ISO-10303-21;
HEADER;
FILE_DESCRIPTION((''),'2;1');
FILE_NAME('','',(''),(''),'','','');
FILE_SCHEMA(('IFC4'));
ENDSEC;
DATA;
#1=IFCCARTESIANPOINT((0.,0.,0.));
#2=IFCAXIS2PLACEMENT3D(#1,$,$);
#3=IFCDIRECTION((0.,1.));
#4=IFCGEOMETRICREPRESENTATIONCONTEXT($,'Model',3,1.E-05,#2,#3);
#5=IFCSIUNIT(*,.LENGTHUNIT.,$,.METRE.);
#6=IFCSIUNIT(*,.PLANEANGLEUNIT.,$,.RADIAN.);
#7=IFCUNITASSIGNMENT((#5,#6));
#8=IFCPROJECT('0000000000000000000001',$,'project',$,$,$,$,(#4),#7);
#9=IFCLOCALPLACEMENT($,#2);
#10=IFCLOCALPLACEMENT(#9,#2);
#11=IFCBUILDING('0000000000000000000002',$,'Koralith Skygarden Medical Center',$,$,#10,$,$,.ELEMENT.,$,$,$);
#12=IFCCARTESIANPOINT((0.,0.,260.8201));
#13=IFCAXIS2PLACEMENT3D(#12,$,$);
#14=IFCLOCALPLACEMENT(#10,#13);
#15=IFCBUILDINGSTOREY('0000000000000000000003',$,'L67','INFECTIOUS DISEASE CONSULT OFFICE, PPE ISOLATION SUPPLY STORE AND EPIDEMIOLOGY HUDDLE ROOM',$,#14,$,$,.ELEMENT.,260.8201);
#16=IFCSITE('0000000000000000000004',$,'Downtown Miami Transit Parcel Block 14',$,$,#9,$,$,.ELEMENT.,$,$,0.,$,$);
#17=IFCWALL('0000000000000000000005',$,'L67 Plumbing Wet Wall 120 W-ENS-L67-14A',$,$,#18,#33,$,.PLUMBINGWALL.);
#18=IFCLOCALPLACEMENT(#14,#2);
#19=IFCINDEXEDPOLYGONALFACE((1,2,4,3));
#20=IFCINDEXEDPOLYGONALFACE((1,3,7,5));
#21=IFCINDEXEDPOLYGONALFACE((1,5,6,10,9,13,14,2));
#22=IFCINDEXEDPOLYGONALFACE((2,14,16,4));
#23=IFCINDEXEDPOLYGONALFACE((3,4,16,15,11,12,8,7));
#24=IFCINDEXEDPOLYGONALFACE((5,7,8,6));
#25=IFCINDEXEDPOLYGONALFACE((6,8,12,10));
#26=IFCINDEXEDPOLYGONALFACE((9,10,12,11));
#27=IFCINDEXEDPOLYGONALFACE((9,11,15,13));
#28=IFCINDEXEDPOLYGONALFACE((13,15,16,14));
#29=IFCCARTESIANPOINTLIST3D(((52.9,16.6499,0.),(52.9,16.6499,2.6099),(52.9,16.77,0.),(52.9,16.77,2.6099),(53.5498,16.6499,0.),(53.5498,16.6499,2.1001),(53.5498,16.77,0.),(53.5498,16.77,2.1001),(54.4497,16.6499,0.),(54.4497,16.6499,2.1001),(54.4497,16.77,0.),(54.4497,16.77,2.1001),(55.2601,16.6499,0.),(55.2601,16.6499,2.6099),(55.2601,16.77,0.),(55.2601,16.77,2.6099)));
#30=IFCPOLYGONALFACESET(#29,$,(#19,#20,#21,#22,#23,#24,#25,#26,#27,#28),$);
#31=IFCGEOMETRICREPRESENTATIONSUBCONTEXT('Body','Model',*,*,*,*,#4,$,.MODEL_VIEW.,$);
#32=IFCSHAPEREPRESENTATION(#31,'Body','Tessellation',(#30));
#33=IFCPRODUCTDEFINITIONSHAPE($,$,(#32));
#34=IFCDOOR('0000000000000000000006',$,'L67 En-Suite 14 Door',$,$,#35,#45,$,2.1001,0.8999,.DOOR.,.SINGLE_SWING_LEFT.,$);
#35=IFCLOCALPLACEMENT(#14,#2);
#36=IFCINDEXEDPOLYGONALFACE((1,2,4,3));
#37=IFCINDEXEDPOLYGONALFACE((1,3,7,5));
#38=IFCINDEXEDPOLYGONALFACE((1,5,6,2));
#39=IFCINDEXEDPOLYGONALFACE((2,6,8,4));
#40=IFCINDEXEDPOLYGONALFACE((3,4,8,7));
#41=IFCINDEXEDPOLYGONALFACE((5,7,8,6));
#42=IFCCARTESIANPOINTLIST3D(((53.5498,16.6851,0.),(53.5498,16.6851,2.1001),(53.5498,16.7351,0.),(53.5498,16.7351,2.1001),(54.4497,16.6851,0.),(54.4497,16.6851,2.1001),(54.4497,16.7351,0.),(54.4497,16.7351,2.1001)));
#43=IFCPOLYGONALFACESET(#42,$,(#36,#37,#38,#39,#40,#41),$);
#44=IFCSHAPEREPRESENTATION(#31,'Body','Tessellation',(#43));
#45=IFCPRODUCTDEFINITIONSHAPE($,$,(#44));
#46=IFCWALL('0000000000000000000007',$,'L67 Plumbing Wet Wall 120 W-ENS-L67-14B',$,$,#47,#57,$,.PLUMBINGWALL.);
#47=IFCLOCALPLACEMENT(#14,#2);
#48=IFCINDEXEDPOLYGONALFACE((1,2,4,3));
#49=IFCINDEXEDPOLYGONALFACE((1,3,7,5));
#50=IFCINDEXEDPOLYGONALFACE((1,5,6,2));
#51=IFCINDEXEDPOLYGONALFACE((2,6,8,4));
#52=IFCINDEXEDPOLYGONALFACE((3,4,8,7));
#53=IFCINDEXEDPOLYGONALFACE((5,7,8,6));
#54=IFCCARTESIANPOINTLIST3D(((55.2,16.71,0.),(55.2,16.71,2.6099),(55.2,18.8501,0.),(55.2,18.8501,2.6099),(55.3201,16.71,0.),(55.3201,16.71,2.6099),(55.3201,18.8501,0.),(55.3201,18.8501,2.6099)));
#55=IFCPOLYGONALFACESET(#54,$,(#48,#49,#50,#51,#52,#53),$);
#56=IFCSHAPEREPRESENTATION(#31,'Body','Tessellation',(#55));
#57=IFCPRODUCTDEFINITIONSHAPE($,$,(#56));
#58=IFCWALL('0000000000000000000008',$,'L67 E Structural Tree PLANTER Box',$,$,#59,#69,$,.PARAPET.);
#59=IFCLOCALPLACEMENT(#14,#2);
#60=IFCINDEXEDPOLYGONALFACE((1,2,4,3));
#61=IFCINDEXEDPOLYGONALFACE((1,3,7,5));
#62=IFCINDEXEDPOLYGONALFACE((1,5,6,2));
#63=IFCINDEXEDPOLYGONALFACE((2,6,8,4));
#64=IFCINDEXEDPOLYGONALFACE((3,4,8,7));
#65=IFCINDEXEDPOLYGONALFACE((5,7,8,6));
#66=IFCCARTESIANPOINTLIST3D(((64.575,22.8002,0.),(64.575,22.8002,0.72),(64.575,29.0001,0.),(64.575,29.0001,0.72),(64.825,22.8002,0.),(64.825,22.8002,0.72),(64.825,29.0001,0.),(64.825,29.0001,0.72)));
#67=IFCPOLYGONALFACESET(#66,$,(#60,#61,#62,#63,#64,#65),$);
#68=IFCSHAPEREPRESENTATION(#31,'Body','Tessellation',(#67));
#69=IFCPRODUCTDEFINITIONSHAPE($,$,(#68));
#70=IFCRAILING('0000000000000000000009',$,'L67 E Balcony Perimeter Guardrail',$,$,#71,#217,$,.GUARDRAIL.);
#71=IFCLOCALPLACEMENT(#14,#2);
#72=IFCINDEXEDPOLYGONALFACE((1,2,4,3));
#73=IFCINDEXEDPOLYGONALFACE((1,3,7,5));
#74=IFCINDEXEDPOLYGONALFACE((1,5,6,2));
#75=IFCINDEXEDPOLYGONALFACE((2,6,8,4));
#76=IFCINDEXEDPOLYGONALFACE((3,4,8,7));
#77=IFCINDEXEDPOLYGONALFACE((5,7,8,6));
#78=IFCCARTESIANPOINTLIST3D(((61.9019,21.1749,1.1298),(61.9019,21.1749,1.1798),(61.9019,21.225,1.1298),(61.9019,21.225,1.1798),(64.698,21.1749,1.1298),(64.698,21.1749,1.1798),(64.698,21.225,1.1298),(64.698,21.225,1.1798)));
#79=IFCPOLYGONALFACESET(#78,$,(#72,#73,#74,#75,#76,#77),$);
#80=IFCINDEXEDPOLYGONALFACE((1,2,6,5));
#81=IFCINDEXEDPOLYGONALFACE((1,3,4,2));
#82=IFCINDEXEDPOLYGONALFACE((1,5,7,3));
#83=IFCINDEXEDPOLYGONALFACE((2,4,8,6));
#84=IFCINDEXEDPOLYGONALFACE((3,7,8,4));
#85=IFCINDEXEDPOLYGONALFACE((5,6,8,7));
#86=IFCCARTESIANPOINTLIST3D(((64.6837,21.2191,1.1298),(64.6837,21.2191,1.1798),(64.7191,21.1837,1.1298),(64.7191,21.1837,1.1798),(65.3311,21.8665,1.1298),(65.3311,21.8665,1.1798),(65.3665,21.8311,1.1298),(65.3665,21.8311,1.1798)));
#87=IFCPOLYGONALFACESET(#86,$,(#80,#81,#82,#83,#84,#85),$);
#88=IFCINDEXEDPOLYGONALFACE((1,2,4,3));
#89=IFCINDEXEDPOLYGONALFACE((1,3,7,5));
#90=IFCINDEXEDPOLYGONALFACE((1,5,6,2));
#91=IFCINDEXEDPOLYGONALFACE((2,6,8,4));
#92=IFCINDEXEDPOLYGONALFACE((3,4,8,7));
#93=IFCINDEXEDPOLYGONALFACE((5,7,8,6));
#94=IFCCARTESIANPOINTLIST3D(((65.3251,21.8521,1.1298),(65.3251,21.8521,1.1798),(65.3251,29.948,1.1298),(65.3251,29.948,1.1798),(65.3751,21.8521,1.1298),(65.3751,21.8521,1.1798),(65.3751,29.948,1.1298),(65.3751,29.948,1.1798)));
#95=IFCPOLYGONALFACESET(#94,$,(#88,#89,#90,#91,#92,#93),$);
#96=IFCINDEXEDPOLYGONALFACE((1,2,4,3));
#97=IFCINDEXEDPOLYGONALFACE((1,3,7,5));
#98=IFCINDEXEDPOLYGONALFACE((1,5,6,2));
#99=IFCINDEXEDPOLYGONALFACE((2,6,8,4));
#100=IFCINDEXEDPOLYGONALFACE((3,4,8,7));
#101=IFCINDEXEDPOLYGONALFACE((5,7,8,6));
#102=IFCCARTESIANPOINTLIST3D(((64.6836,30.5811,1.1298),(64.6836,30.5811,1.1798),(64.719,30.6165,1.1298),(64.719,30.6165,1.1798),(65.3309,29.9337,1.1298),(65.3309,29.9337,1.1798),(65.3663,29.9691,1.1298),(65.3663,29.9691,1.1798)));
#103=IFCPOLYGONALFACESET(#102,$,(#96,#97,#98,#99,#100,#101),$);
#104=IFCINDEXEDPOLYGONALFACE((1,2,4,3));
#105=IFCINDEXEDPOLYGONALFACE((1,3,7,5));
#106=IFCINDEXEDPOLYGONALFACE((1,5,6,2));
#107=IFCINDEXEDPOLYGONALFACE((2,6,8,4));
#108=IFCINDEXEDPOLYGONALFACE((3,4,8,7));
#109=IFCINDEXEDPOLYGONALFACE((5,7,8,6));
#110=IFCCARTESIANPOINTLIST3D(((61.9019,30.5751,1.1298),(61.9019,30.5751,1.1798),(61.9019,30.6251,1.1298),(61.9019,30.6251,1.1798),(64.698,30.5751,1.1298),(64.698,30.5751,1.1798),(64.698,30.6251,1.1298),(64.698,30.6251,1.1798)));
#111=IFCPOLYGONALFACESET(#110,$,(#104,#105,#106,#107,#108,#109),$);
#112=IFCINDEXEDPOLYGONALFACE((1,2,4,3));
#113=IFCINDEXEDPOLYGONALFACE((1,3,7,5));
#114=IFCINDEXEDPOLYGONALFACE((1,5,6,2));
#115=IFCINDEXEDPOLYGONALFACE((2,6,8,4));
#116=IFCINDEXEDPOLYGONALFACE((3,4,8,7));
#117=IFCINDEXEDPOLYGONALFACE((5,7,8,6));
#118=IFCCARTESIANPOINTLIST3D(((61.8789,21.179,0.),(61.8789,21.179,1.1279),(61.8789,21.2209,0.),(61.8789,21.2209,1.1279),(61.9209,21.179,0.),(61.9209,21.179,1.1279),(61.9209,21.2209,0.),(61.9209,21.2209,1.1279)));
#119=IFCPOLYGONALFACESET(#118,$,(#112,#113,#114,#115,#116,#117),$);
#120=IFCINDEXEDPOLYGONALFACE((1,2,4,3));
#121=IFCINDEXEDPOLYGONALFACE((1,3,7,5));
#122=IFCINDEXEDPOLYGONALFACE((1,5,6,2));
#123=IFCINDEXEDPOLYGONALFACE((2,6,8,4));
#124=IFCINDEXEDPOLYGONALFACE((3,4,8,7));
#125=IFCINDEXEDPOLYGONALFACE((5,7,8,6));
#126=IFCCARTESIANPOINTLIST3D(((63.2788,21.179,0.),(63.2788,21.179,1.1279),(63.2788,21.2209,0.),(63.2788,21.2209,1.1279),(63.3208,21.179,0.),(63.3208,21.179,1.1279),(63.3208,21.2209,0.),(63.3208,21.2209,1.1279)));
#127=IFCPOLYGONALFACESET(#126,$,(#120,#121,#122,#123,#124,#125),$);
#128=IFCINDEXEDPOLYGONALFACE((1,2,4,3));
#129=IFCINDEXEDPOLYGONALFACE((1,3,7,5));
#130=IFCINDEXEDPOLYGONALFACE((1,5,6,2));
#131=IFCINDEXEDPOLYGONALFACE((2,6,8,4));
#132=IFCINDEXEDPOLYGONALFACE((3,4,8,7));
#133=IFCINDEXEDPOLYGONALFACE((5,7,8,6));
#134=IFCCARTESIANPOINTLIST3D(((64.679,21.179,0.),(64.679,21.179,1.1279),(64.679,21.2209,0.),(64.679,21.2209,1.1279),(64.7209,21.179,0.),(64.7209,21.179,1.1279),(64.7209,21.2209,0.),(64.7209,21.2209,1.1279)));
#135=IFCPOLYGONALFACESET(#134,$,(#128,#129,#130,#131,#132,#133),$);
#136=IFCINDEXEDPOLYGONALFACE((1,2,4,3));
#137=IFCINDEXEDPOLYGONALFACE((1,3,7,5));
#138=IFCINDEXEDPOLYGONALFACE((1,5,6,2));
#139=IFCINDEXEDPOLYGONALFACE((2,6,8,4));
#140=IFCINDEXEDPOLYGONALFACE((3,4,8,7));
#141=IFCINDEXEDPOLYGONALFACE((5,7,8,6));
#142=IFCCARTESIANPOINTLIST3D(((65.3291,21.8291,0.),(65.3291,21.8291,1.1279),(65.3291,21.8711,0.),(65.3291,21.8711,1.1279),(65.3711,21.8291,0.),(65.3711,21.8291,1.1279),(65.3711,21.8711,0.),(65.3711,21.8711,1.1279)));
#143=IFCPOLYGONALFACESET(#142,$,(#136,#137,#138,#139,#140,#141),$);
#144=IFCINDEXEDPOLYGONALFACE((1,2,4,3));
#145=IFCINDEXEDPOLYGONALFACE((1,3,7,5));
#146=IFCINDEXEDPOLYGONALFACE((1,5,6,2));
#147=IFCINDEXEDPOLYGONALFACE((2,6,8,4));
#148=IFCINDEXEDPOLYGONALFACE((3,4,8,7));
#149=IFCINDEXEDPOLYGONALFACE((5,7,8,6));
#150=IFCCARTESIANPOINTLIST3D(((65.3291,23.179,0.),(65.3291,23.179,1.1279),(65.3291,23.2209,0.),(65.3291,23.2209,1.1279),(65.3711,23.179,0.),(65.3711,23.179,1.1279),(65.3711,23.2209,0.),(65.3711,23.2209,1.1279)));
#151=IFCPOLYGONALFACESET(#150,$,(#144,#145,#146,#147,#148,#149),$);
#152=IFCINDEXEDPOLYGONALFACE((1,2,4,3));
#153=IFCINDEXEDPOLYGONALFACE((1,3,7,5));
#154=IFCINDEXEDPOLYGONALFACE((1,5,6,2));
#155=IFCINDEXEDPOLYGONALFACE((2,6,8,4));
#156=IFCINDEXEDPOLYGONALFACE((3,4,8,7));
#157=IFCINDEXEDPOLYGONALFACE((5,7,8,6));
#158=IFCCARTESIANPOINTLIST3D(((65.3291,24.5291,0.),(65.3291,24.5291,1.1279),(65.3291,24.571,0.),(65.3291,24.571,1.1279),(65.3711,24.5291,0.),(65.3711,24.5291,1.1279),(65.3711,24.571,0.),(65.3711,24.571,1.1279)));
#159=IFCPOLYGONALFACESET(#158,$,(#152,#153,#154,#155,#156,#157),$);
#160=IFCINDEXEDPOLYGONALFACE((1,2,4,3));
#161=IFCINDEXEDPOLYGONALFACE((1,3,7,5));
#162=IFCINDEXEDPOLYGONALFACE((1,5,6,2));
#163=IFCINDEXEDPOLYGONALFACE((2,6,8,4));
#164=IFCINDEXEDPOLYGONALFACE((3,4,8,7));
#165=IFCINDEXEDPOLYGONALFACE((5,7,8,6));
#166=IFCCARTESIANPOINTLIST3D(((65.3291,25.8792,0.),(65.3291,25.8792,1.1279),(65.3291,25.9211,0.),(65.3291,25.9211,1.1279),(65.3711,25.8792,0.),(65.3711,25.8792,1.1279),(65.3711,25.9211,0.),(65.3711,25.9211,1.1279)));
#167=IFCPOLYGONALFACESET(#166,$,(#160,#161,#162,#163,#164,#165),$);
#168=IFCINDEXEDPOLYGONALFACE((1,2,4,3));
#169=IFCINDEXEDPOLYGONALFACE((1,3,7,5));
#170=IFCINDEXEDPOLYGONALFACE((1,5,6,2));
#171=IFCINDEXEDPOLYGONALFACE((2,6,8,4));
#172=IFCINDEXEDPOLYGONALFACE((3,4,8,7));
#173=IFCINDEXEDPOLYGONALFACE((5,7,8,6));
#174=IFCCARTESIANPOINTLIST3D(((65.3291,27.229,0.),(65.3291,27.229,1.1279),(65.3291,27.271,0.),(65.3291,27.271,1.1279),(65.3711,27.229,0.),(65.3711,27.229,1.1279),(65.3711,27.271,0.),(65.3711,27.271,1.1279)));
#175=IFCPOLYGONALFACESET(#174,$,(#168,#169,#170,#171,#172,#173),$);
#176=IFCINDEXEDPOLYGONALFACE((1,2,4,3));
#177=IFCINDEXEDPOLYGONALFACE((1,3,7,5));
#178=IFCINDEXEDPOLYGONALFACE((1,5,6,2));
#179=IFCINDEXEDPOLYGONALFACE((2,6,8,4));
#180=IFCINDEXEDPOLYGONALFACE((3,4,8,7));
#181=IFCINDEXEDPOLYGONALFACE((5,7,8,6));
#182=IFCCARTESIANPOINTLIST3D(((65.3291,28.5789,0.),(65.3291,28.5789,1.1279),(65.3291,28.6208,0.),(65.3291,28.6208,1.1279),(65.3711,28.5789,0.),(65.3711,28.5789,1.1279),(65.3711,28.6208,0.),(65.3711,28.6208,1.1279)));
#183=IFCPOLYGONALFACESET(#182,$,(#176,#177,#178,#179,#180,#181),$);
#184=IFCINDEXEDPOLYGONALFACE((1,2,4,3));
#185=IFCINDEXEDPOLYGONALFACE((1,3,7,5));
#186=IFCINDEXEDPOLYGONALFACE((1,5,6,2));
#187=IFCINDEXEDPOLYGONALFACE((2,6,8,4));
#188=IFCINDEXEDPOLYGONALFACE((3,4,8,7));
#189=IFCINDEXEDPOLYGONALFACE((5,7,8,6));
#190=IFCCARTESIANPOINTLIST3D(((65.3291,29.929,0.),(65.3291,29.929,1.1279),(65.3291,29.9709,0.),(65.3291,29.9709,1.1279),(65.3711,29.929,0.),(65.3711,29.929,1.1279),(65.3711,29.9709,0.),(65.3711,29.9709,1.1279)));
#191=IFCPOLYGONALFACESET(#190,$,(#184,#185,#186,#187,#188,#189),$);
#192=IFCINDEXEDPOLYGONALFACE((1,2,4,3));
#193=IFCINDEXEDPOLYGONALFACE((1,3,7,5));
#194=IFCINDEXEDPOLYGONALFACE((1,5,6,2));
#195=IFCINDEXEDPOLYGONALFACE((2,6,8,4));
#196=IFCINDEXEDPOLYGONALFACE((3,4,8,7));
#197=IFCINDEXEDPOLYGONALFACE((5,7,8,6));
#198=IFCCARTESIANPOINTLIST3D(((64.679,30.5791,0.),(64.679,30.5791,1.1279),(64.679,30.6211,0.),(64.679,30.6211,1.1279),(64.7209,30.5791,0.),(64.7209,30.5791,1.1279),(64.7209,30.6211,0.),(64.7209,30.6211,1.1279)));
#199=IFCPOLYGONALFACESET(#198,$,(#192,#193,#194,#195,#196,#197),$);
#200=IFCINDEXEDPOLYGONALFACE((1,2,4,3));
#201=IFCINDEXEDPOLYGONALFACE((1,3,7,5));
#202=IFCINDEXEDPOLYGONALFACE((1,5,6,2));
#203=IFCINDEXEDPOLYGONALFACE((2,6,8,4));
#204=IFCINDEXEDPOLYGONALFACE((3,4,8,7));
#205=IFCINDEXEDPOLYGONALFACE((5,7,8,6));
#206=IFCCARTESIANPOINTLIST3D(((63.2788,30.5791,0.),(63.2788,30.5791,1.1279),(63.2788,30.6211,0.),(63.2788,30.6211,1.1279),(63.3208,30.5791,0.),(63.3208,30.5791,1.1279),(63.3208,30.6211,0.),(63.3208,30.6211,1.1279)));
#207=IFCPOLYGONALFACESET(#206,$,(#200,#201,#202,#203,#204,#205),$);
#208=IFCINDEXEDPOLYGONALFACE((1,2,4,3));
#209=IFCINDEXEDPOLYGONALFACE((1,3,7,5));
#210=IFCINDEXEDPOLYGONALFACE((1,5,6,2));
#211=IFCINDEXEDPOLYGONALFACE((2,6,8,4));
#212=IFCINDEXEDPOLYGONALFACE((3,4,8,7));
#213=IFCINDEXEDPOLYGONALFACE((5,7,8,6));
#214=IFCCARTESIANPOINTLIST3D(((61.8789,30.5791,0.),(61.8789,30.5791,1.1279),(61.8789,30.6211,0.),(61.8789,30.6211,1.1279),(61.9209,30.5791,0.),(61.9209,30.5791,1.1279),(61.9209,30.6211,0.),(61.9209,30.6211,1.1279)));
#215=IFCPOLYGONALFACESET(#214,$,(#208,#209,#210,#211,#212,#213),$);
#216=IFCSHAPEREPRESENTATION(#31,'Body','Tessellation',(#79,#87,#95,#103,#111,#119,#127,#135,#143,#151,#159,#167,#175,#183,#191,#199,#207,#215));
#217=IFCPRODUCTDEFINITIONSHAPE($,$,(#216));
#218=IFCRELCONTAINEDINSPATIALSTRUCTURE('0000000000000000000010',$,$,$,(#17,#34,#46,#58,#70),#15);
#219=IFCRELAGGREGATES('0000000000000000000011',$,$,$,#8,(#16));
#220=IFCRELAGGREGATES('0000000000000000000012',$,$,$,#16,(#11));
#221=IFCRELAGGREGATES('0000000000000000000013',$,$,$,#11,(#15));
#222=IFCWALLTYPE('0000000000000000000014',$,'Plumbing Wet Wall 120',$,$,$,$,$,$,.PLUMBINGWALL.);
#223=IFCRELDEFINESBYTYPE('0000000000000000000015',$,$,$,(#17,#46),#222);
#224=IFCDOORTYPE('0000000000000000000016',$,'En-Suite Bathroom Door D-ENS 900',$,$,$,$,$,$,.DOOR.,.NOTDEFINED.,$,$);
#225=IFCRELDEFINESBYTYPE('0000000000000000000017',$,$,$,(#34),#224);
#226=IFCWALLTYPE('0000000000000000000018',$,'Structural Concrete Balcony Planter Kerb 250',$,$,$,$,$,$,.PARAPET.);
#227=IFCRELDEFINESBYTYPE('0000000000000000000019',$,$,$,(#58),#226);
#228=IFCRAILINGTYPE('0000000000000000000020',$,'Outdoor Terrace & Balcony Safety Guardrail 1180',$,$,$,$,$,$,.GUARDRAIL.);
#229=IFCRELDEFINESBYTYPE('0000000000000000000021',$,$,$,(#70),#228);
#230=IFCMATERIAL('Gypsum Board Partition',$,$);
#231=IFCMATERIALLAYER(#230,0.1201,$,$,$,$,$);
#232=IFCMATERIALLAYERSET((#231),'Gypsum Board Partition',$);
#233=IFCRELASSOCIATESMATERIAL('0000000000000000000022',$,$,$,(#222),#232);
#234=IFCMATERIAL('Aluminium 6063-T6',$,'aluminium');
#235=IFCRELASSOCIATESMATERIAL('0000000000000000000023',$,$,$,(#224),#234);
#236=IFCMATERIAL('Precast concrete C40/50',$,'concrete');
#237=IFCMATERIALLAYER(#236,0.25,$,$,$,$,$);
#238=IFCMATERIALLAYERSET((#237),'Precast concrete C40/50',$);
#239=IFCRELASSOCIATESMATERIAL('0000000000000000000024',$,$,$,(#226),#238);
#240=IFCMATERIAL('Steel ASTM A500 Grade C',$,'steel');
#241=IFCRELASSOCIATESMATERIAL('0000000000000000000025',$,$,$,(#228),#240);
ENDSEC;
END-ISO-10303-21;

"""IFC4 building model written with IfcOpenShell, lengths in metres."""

from ifc_helpers import new_model, si_unit, direction, frame, frame_2d, origin, origin_2d, place, context, subcontext, project, spatial, rectangle, extrude, material, layer, layer_set, type_object, element, fill, save


model = new_model("IFC4")

# Units and contexts
model_context = context("Model", 3, precision=1e-05, world=origin(), true_north=direction((0.0, 1.0)))
body_context = subcontext(model_context, "Body", "Model", "MODEL_VIEW")
ifc_project = project(units=[si_unit("LENGTHUNIT", "METRE"), si_unit("PLANEANGLEUNIT", "RADIAN")], contexts=[model_context])

# Site, building, storey
site_placement = place(None, origin())
site = spatial("IfcSite", under=ifc_project, at=site_placement, Name="Downtown Miami Transit Parcel Block 14", CompositionType="ELEMENT", RefElevation=0.0)
building_placement = place(site_placement, origin())
building = spatial("IfcBuilding", under=site, at=building_placement, Name="Koralith Skygarden Medical Center", CompositionType="ELEMENT")
storey_placement = place(building_placement, frame((0.0, 0.0, 260.8201)))
storey = spatial("IfcBuildingStorey", under=building, at=storey_placement, Name="L67", Description="INFECTIOUS DISEASE CONSULT OFFICE, PPE ISOLATION SUPPLY STORE AND EPIDEMIOLOGY HUDDLE ROOM", CompositionType="ELEMENT", Elevation=260.8201)

# Shared definitions
ifc_material_1 = material(Name="Aluminium 6063-T6", Category="aluminium")

# Shared definitions
ifc_material_2 = material(Name="Gypsum Board Partition")

# Wall, opening, door
ifc_layer_1 = layer(ifc_material_2, 0.1201)
ifc_layer_set_1 = layer_set([ifc_layer_1], Name="Gypsum Board Partition")
wall_type_1 = type_object("IfcWallType", Name="Plumbing Wet Wall 120", PredefinedType="PLUMBINGWALL", material=ifc_layer_set_1)
wall_1_placement = place(storey_placement, frame((52.8999, 16.71, 0.0), z_axis=(0.0, 0.0, 1.0), x_axis=(1.0, 0.0, 0.0)))
wall_1 = element("IfcWall", 1, at=wall_1_placement, inside=storey, type_object=wall_type_1, Name="L67 Plumbing Wet Wall 120 W-ENS-L67-14A", PredefinedType="PLUMBINGWALL", context=body_context, shape_type="SweptSolid", body=[
    extrude(rectangle(XDim=2.3601, YDim=0.1201, at=frame_2d((1.1802, 0.0))), origin(), (0.0, 0.0, 1.0), 2.6099),
])
opening_1_placement = place(wall_1_placement, frame((0.6499, 0.0, 0.0)))
opening_1 = element("IfcOpeningElement", 2, at=opening_1_placement, cuts=wall_1, PredefinedType="OPENING", context=body_context, shape_type="SweptSolid", body=[
    extrude(rectangle(XDim=0.8999, YDim=2.1001, at=frame_2d((0.45, 1.05))), frame((0.0, 0.0701, 0.0), z_axis=(0.0, -1.0, 0.0), x_axis=(1.0, 0.0, 0.0)), (0.0, 0.0, 1.0), 0.1401),
])
door_type_1 = type_object("IfcDoorType", Name="En-Suite Bathroom Door D-ENS 900", OperationType="NOTDEFINED", PredefinedType="DOOR", material=ifc_material_1)
door_1_placement = place(opening_1_placement, frame((0.8999, 0.0, 0.0), z_axis=(0.0, 0.0, 1.0), x_axis=(-1.0, 0.0, 0.0)))
door_1 = element("IfcDoor", 3, at=door_1_placement, inside=storey, type_object=door_type_1, Name="L67 En-Suite 14 Door", OperationType="SINGLE_SWING_LEFT", OverallHeight=2.1001, OverallWidth=0.8999, PredefinedType="DOOR", context=body_context, shape_type="SweptSolid", body=[
    extrude(rectangle(XDim=0.8999, YDim=2.1001, at=frame_2d((0.45, 1.05))), frame((0.0, 0.0249, 0.0), z_axis=(0.0, -1.0, 0.0), x_axis=(1.0, 0.0, 0.0)), (0.0, 0.0, 1.0), 0.05),
])
fill(opening_1, door_1)

# Walls
wall_2_placement = place(storey_placement, frame((55.26, 16.71, 0.0), z_axis=(0.0, 0.0, 1.0), x_axis=(0.0, 1.0, 0.0)))
element("IfcWall", 4, at=wall_2_placement, inside=storey, type_object=wall_type_1, Name="L67 Plumbing Wet Wall 120 W-ENS-L67-14B", PredefinedType="PLUMBINGWALL", context=body_context, shape_type="SweptSolid", body=[
    extrude(rectangle(XDim=2.1401, YDim=0.1201, at=frame_2d((1.0701, 0.0))), origin(), (0.0, 0.0, 1.0), 2.6099),
])
ifc_material_3 = material(Name="Precast concrete C40/50", Category="concrete")
ifc_layer_2 = layer(ifc_material_3, 0.25)
ifc_layer_set_2 = layer_set([ifc_layer_2], Name="Precast concrete C40/50")
wall_type_2 = type_object("IfcWallType", Name="Structural Concrete Balcony Planter Kerb 250", PredefinedType="PARAPET", material=ifc_layer_set_2)
wall_3_placement = place(storey_placement, frame((64.7, 22.8, 0.0), z_axis=(0.0, 0.0, 1.0), x_axis=(0.0, 1.0, 0.0)))
element("IfcWall", 5, at=wall_3_placement, inside=storey, type_object=wall_type_2, Name="L67 E Structural Tree PLANTER Box", PredefinedType="PARAPET", context=body_context, shape_type="SweptSolid", body=[
    extrude(rectangle(XDim=6.2, YDim=0.25, at=frame_2d((3.1001, 0.0))), origin(), (0.0, 0.0, 1.0), 0.72),
])

# Railing
ifc_material_4 = material(Name="Steel ASTM A500 Grade C", Category="steel")
railing_type = type_object("IfcRailingType", Name="Outdoor Terrace & Balcony Safety Guardrail 1180", PredefinedType="GUARDRAIL", material=ifc_material_4)
railing_placement = place(storey_placement, frame((61.8999, 21.2, 0.0)))
element("IfcRailing", 6, at=railing_placement, inside=storey, type_object=railing_type, Name="L67 E Balcony Perimeter Guardrail", PredefinedType="GUARDRAIL", context=body_context, shape_type="SweptSolid", body=[
    extrude(rectangle(XDim=0.05, YDim=0.05, at=origin_2d()), frame((0.002, 0.0, 1.1548), z_axis=(1.0, 0.0, 0.0), x_axis=(0.0, 1.0, 0.0)), (0.0, 0.0, 1.0), 2.7961),
    extrude(rectangle(XDim=0.05, YDim=0.05, at=origin_2d()), frame((2.8015, 0.0015, 1.1548), z_axis=(0.707107, 0.707107, 0.0), x_axis=(-0.707107, 0.707107, 0.0)), (0.0, 0.0, 1.0), 0.9155),
    extrude(rectangle(XDim=0.05, YDim=0.05, at=origin_2d()), frame((3.4502, 0.6521, 1.1548), z_axis=(0.0, 1.0, 0.0), x_axis=(-1.0, 0.0, 0.0)), (0.0, 0.0, 1.0), 8.0959),
    extrude(rectangle(XDim=0.05, YDim=0.05, at=origin_2d()), frame((3.4487, 8.7515, 1.1548), z_axis=(-0.707107, 0.707107, 0.0), x_axis=(-0.707107, -0.707107, 0.0)), (0.0, 0.0, 1.0), 0.9155),
    extrude(rectangle(XDim=0.05, YDim=0.05, at=origin_2d()), frame((2.7981, 9.4001, 1.1548), z_axis=(-1.0, 0.0, 0.0), x_axis=(0.0, -1.0, 0.0)), (0.0, 0.0, 1.0), 2.7961),
    extrude(rectangle(XDim=0.042, YDim=0.042, at=origin_2d()), origin(), (0.0, 0.0, 1.0), 1.1279),
    extrude(rectangle(XDim=0.042, YDim=0.042, at=origin_2d()), frame((1.3999, 0.0, 0.0)), (0.0, 0.0, 1.0), 1.1279),
    extrude(rectangle(XDim=0.042, YDim=0.042, at=origin_2d()), frame((2.8, 0.0, 0.0)), (0.0, 0.0, 1.0), 1.1279),
    extrude(rectangle(XDim=0.042, YDim=0.042, at=origin_2d()), frame((3.4502, 0.6501, 0.0)), (0.0, 0.0, 1.0), 1.1279),
    extrude(rectangle(XDim=0.042, YDim=0.042, at=origin_2d()), frame((3.4502, 2.0, 0.0)), (0.0, 0.0, 1.0), 1.1279),
    extrude(rectangle(XDim=0.042, YDim=0.042, at=origin_2d()), frame((3.4502, 3.3501, 0.0)), (0.0, 0.0, 1.0), 1.1279),
    extrude(rectangle(XDim=0.042, YDim=0.042, at=origin_2d()), frame((3.4502, 4.7002, 0.0)), (0.0, 0.0, 1.0), 1.1279),
    extrude(rectangle(XDim=0.042, YDim=0.042, at=origin_2d()), frame((3.4502, 6.05, 0.0)), (0.0, 0.0, 1.0), 1.1279),
    extrude(rectangle(XDim=0.042, YDim=0.042, at=origin_2d()), frame((3.4502, 7.3999, 0.0)), (0.0, 0.0, 1.0), 1.1279),
    extrude(rectangle(XDim=0.042, YDim=0.042, at=origin_2d()), frame((3.4502, 8.75, 0.0)), (0.0, 0.0, 1.0), 1.1279),
    extrude(rectangle(XDim=0.042, YDim=0.042, at=origin_2d()), frame((2.8, 9.4001, 0.0)), (0.0, 0.0, 1.0), 1.1279),
    extrude(rectangle(XDim=0.042, YDim=0.042, at=origin_2d()), frame((1.3999, 9.4001, 0.0)), (0.0, 0.0, 1.0), 1.1279),
    extrude(rectangle(XDim=0.042, YDim=0.042, at=origin_2d()), frame((0.0, 9.4001, 0.0)), (0.0, 0.0, 1.0), 1.1279),
])

save(model, "model.ifc")
